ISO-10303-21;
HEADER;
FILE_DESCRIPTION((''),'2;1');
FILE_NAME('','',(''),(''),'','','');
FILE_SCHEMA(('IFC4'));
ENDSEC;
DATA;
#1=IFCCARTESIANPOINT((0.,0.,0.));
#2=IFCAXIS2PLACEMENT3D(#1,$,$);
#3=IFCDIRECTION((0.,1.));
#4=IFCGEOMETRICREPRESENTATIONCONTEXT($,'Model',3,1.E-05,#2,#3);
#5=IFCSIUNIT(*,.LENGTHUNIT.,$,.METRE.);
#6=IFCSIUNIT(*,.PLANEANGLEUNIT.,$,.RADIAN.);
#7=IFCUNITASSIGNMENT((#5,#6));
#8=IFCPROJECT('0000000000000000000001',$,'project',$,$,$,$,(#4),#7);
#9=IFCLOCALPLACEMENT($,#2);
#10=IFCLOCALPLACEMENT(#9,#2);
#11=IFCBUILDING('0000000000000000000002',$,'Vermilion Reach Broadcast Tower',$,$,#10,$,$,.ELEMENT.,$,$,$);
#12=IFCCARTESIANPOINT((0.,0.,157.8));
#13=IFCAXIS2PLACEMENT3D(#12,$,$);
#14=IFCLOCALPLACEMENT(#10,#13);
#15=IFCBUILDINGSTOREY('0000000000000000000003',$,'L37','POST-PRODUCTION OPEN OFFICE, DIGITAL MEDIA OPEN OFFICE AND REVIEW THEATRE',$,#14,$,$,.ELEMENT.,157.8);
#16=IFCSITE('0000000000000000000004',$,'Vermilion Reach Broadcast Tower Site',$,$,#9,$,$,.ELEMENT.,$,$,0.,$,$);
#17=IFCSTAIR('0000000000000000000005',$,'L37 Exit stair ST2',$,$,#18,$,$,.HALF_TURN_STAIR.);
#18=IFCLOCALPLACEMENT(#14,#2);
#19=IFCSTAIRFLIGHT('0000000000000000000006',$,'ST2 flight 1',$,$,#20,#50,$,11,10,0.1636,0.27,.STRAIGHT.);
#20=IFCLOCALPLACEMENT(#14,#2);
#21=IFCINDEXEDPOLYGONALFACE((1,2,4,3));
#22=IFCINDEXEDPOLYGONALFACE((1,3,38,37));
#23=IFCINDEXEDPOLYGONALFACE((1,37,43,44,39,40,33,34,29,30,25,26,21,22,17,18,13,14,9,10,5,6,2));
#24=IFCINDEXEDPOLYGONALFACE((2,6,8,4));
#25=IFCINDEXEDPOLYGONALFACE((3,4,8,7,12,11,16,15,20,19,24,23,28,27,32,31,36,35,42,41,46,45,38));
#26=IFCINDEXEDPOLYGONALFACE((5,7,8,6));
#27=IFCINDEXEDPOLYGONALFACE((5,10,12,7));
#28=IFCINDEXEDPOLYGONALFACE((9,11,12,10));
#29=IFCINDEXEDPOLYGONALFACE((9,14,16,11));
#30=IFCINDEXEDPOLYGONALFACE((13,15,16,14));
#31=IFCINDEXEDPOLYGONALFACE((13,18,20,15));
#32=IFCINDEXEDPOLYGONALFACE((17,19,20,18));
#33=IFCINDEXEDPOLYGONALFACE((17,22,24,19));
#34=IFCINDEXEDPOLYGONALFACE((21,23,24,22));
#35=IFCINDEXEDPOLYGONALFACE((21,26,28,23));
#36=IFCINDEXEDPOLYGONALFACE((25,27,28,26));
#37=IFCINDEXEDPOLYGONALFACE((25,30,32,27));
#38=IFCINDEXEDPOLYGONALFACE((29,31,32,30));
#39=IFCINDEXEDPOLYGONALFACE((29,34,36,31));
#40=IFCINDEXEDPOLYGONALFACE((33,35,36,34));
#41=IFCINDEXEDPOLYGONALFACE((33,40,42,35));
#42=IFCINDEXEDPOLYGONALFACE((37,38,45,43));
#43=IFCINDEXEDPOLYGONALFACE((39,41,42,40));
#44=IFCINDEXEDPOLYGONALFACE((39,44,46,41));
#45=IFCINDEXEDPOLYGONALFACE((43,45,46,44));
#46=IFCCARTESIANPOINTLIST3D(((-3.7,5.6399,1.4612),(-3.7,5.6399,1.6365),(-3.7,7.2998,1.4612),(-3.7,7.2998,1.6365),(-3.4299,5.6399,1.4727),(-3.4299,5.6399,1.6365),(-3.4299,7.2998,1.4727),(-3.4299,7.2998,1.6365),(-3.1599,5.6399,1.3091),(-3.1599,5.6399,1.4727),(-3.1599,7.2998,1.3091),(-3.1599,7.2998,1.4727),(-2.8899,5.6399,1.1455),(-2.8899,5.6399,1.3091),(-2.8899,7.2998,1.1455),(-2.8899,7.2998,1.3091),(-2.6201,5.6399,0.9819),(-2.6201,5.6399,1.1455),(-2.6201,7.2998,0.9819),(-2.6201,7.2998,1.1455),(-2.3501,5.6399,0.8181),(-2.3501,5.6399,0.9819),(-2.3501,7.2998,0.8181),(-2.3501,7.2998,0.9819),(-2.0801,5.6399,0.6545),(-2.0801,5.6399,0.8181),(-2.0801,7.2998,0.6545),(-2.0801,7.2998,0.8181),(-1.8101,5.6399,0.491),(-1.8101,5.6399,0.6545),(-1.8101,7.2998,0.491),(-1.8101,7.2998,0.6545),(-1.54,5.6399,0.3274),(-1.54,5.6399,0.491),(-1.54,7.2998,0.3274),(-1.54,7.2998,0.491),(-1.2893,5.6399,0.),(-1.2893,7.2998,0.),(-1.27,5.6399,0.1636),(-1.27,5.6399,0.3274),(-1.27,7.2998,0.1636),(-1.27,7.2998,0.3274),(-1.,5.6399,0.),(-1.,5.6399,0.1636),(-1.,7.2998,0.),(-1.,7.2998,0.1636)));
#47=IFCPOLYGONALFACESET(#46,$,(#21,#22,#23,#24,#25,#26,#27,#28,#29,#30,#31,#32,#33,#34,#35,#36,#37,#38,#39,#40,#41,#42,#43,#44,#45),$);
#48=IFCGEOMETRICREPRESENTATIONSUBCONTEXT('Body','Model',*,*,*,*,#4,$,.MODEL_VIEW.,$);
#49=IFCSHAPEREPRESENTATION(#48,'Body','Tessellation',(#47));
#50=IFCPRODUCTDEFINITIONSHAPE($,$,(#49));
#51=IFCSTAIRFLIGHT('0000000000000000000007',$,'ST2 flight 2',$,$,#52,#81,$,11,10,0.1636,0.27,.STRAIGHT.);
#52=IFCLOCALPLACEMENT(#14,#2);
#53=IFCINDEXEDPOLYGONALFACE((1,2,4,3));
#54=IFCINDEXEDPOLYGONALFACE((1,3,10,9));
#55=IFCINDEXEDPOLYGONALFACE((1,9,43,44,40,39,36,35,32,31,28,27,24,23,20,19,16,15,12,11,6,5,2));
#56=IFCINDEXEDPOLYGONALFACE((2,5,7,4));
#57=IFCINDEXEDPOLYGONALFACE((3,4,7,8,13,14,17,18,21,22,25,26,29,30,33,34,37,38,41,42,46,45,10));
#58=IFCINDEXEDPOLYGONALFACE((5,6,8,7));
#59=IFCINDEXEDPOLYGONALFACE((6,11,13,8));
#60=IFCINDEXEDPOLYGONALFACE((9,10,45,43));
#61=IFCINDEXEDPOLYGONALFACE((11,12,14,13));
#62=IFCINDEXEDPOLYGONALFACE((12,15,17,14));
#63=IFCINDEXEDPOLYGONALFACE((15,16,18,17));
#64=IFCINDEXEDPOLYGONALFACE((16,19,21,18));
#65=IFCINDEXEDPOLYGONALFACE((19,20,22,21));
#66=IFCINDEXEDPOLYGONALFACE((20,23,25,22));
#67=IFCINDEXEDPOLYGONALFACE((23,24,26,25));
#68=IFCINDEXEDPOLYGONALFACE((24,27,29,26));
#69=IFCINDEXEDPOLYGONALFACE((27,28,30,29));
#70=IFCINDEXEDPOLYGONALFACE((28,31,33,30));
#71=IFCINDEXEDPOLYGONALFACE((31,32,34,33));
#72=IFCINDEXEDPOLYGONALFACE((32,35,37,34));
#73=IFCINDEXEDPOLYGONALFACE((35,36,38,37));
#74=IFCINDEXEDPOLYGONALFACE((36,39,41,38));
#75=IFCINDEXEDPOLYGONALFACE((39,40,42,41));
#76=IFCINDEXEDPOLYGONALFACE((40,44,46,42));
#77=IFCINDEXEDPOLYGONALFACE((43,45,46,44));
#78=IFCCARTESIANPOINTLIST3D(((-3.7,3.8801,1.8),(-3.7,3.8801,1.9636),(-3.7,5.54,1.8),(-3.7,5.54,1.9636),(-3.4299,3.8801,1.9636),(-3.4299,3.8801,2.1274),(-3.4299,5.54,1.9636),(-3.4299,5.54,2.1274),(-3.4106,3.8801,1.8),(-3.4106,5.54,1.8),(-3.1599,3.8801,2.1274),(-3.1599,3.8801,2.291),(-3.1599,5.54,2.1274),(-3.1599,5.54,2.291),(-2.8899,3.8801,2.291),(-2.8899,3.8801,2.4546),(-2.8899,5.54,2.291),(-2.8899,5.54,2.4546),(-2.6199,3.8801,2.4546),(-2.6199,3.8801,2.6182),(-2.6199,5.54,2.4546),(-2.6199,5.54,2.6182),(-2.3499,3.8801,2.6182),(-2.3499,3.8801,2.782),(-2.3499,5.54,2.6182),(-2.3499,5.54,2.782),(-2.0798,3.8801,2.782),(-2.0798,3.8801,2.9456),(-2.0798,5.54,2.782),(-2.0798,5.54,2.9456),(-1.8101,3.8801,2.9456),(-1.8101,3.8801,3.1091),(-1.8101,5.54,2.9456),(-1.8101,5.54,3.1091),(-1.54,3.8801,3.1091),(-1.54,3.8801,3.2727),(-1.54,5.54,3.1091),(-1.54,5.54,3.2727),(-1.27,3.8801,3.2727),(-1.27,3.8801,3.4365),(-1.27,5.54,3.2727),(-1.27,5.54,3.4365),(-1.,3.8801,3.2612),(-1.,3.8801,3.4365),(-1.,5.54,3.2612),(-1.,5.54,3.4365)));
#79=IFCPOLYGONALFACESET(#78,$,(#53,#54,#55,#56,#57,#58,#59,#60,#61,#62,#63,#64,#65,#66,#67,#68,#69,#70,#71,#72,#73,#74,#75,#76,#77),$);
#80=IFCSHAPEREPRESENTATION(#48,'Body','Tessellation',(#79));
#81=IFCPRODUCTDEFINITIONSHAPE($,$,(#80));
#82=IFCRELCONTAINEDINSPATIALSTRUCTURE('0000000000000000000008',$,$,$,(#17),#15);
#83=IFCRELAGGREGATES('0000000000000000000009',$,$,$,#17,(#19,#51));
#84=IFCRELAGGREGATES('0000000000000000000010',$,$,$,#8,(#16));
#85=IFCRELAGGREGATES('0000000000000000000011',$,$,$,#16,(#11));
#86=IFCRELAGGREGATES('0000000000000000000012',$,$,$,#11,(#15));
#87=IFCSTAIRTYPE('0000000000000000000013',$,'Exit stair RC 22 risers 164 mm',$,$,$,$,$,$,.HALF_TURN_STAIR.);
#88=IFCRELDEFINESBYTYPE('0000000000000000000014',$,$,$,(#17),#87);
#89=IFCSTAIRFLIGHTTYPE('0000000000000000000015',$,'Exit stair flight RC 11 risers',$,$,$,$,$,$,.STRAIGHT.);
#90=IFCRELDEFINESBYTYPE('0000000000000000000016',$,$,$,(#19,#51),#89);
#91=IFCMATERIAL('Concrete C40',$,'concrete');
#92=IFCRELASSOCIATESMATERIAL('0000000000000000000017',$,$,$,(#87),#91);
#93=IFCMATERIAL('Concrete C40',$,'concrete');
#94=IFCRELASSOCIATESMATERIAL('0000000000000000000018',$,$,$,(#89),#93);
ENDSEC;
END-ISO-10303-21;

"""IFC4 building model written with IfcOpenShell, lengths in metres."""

from ifc_helpers import new_model, si_unit, direction, frame, origin, place, context, subcontext, project, spatial, polyline, outline, extrude, material, type_object, element, aggregate, save


model = new_model("IFC4")

# Units and contexts
model_context = context("Model", 3, precision=1e-05, world=origin(), true_north=direction((0.0, 1.0)))
body_context = subcontext(model_context, "Body", "Model", "MODEL_VIEW")
ifc_project = project(units=[si_unit("LENGTHUNIT", "METRE"), si_unit("PLANEANGLEUNIT", "RADIAN")], contexts=[model_context])

# Site, building, storey
site_placement = place(None, origin())
site = spatial("IfcSite", under=ifc_project, at=site_placement, Name="Vermilion Reach Broadcast Tower Site", CompositionType="ELEMENT", RefElevation=0.0)
building_placement = place(site_placement, origin())
building = spatial("IfcBuilding", under=site, at=building_placement, Name="Vermilion Reach Broadcast Tower", CompositionType="ELEMENT")
storey_placement = place(building_placement, frame((0.0, 0.0, 157.8)))
storey = spatial("IfcBuildingStorey", under=building, at=storey_placement, Name="L37", Description="POST-PRODUCTION OPEN OFFICE, DIGITAL MEDIA OPEN OFFICE AND REVIEW THEATRE", CompositionType="ELEMENT", Elevation=157.8)

# Stair
ifc_material_1 = material(Name="Concrete C40", Category="concrete")
stair_type = type_object("IfcStairType", Name="Exit stair RC 22 risers 164 mm", PredefinedType="HALF_TURN_STAIR", material=ifc_material_1)
placement_1 = place(storey_placement, origin())
stair_1 = element("IfcStair", 1, at=placement_1, inside=storey, type_object=stair_type, Name="L37 Exit stair ST2", PredefinedType="HALF_TURN_STAIR")

# Stair flights
ifc_material_2 = material(Name="Concrete C40", Category="concrete")
stair_flight_type = type_object("IfcStairFlightType", Name="Exit stair flight RC 11 risers", PredefinedType="STRAIGHT", material=ifc_material_2)
stair_flight_1_placement = place(storey_placement, frame((-1.0, 6.47, 0.0), z_axis=(0.0, 0.0, 1.0), x_axis=(-1.0, 0.0, 0.0)))
stair_flight_1 = element("IfcStairFlight", 2, at=stair_flight_1_placement, type_object=stair_flight_type, Name="ST2 flight 1", NumberOfRisers=11, NumberOfTreads=10, PredefinedType="STRAIGHT", RiserHeight=0.1636, TreadLength=0.27, context=body_context, shape_type="SweptSolid", body=[
    extrude(outline(polyline([(0.0, 0.0), (0.0, 0.1636), (0.27, 0.1636), (0.27, 0.3274), (0.54, 0.3274), (0.54, 0.491), (0.8101, 0.491), (0.8101, 0.6545), (1.0801, 0.6545), (1.0801, 0.8181), (1.3501, 0.8181), (1.3501, 0.9819), (1.6201, 0.9819), (1.6201, 1.1455), (1.8899, 1.1455), (1.8899, 1.3091), (2.1599, 1.3091), (2.1599, 1.4727), (2.4299, 1.4727), (2.4299, 1.6365), (2.7, 1.6365), (2.7, 1.8), (2.7, 1.4612), (0.2893, 0.0), (0.0, 0.0)])), frame((0.0, 0.8301, 0.0), z_axis=(0.0, -1.0, 0.0), x_axis=(1.0, 0.0, 0.0)), (0.0, 0.0, 1.0), 1.6599),
])
stair_flight_2_placement = place(storey_placement, frame((-3.7, 4.71, 1.8), z_axis=(0.0, 0.0, 1.0), x_axis=(1.0, 0.0, 0.0)))
stair_flight_2 = element("IfcStairFlight", 3, at=stair_flight_2_placement, type_object=stair_flight_type, Name="ST2 flight 2", NumberOfRisers=11, NumberOfTreads=10, PredefinedType="STRAIGHT", RiserHeight=0.1636, TreadLength=0.27, context=body_context, shape_type="SweptSolid", body=[
    extrude(outline(polyline([(0.0, 0.0), (0.0, 0.1636), (0.27, 0.1636), (0.27, 0.3274), (0.54, 0.3274), (0.54, 0.491), (0.8101, 0.491), (0.8101, 0.6545), (1.0801, 0.6545), (1.0801, 0.8181), (1.3501, 0.8181), (1.3501, 0.9819), (1.6201, 0.9819), (1.6201, 1.1455), (1.8899, 1.1455), (1.8899, 1.3091), (2.1599, 1.3091), (2.1599, 1.4727), (2.4299, 1.4727), (2.4299, 1.6365), (2.7, 1.6365), (2.7, 1.8), (2.7, 1.4612), (0.2893, 0.0), (0.0, 0.0)])), frame((0.0, 0.8301, 0.0), z_axis=(0.0, -1.0, 0.0), x_axis=(1.0, 0.0, 0.0)), (0.0, 0.0, 1.0), 1.6599),
])
aggregate(stair_1, [stair_flight_1, stair_flight_2])

save(model, "model.ifc")
